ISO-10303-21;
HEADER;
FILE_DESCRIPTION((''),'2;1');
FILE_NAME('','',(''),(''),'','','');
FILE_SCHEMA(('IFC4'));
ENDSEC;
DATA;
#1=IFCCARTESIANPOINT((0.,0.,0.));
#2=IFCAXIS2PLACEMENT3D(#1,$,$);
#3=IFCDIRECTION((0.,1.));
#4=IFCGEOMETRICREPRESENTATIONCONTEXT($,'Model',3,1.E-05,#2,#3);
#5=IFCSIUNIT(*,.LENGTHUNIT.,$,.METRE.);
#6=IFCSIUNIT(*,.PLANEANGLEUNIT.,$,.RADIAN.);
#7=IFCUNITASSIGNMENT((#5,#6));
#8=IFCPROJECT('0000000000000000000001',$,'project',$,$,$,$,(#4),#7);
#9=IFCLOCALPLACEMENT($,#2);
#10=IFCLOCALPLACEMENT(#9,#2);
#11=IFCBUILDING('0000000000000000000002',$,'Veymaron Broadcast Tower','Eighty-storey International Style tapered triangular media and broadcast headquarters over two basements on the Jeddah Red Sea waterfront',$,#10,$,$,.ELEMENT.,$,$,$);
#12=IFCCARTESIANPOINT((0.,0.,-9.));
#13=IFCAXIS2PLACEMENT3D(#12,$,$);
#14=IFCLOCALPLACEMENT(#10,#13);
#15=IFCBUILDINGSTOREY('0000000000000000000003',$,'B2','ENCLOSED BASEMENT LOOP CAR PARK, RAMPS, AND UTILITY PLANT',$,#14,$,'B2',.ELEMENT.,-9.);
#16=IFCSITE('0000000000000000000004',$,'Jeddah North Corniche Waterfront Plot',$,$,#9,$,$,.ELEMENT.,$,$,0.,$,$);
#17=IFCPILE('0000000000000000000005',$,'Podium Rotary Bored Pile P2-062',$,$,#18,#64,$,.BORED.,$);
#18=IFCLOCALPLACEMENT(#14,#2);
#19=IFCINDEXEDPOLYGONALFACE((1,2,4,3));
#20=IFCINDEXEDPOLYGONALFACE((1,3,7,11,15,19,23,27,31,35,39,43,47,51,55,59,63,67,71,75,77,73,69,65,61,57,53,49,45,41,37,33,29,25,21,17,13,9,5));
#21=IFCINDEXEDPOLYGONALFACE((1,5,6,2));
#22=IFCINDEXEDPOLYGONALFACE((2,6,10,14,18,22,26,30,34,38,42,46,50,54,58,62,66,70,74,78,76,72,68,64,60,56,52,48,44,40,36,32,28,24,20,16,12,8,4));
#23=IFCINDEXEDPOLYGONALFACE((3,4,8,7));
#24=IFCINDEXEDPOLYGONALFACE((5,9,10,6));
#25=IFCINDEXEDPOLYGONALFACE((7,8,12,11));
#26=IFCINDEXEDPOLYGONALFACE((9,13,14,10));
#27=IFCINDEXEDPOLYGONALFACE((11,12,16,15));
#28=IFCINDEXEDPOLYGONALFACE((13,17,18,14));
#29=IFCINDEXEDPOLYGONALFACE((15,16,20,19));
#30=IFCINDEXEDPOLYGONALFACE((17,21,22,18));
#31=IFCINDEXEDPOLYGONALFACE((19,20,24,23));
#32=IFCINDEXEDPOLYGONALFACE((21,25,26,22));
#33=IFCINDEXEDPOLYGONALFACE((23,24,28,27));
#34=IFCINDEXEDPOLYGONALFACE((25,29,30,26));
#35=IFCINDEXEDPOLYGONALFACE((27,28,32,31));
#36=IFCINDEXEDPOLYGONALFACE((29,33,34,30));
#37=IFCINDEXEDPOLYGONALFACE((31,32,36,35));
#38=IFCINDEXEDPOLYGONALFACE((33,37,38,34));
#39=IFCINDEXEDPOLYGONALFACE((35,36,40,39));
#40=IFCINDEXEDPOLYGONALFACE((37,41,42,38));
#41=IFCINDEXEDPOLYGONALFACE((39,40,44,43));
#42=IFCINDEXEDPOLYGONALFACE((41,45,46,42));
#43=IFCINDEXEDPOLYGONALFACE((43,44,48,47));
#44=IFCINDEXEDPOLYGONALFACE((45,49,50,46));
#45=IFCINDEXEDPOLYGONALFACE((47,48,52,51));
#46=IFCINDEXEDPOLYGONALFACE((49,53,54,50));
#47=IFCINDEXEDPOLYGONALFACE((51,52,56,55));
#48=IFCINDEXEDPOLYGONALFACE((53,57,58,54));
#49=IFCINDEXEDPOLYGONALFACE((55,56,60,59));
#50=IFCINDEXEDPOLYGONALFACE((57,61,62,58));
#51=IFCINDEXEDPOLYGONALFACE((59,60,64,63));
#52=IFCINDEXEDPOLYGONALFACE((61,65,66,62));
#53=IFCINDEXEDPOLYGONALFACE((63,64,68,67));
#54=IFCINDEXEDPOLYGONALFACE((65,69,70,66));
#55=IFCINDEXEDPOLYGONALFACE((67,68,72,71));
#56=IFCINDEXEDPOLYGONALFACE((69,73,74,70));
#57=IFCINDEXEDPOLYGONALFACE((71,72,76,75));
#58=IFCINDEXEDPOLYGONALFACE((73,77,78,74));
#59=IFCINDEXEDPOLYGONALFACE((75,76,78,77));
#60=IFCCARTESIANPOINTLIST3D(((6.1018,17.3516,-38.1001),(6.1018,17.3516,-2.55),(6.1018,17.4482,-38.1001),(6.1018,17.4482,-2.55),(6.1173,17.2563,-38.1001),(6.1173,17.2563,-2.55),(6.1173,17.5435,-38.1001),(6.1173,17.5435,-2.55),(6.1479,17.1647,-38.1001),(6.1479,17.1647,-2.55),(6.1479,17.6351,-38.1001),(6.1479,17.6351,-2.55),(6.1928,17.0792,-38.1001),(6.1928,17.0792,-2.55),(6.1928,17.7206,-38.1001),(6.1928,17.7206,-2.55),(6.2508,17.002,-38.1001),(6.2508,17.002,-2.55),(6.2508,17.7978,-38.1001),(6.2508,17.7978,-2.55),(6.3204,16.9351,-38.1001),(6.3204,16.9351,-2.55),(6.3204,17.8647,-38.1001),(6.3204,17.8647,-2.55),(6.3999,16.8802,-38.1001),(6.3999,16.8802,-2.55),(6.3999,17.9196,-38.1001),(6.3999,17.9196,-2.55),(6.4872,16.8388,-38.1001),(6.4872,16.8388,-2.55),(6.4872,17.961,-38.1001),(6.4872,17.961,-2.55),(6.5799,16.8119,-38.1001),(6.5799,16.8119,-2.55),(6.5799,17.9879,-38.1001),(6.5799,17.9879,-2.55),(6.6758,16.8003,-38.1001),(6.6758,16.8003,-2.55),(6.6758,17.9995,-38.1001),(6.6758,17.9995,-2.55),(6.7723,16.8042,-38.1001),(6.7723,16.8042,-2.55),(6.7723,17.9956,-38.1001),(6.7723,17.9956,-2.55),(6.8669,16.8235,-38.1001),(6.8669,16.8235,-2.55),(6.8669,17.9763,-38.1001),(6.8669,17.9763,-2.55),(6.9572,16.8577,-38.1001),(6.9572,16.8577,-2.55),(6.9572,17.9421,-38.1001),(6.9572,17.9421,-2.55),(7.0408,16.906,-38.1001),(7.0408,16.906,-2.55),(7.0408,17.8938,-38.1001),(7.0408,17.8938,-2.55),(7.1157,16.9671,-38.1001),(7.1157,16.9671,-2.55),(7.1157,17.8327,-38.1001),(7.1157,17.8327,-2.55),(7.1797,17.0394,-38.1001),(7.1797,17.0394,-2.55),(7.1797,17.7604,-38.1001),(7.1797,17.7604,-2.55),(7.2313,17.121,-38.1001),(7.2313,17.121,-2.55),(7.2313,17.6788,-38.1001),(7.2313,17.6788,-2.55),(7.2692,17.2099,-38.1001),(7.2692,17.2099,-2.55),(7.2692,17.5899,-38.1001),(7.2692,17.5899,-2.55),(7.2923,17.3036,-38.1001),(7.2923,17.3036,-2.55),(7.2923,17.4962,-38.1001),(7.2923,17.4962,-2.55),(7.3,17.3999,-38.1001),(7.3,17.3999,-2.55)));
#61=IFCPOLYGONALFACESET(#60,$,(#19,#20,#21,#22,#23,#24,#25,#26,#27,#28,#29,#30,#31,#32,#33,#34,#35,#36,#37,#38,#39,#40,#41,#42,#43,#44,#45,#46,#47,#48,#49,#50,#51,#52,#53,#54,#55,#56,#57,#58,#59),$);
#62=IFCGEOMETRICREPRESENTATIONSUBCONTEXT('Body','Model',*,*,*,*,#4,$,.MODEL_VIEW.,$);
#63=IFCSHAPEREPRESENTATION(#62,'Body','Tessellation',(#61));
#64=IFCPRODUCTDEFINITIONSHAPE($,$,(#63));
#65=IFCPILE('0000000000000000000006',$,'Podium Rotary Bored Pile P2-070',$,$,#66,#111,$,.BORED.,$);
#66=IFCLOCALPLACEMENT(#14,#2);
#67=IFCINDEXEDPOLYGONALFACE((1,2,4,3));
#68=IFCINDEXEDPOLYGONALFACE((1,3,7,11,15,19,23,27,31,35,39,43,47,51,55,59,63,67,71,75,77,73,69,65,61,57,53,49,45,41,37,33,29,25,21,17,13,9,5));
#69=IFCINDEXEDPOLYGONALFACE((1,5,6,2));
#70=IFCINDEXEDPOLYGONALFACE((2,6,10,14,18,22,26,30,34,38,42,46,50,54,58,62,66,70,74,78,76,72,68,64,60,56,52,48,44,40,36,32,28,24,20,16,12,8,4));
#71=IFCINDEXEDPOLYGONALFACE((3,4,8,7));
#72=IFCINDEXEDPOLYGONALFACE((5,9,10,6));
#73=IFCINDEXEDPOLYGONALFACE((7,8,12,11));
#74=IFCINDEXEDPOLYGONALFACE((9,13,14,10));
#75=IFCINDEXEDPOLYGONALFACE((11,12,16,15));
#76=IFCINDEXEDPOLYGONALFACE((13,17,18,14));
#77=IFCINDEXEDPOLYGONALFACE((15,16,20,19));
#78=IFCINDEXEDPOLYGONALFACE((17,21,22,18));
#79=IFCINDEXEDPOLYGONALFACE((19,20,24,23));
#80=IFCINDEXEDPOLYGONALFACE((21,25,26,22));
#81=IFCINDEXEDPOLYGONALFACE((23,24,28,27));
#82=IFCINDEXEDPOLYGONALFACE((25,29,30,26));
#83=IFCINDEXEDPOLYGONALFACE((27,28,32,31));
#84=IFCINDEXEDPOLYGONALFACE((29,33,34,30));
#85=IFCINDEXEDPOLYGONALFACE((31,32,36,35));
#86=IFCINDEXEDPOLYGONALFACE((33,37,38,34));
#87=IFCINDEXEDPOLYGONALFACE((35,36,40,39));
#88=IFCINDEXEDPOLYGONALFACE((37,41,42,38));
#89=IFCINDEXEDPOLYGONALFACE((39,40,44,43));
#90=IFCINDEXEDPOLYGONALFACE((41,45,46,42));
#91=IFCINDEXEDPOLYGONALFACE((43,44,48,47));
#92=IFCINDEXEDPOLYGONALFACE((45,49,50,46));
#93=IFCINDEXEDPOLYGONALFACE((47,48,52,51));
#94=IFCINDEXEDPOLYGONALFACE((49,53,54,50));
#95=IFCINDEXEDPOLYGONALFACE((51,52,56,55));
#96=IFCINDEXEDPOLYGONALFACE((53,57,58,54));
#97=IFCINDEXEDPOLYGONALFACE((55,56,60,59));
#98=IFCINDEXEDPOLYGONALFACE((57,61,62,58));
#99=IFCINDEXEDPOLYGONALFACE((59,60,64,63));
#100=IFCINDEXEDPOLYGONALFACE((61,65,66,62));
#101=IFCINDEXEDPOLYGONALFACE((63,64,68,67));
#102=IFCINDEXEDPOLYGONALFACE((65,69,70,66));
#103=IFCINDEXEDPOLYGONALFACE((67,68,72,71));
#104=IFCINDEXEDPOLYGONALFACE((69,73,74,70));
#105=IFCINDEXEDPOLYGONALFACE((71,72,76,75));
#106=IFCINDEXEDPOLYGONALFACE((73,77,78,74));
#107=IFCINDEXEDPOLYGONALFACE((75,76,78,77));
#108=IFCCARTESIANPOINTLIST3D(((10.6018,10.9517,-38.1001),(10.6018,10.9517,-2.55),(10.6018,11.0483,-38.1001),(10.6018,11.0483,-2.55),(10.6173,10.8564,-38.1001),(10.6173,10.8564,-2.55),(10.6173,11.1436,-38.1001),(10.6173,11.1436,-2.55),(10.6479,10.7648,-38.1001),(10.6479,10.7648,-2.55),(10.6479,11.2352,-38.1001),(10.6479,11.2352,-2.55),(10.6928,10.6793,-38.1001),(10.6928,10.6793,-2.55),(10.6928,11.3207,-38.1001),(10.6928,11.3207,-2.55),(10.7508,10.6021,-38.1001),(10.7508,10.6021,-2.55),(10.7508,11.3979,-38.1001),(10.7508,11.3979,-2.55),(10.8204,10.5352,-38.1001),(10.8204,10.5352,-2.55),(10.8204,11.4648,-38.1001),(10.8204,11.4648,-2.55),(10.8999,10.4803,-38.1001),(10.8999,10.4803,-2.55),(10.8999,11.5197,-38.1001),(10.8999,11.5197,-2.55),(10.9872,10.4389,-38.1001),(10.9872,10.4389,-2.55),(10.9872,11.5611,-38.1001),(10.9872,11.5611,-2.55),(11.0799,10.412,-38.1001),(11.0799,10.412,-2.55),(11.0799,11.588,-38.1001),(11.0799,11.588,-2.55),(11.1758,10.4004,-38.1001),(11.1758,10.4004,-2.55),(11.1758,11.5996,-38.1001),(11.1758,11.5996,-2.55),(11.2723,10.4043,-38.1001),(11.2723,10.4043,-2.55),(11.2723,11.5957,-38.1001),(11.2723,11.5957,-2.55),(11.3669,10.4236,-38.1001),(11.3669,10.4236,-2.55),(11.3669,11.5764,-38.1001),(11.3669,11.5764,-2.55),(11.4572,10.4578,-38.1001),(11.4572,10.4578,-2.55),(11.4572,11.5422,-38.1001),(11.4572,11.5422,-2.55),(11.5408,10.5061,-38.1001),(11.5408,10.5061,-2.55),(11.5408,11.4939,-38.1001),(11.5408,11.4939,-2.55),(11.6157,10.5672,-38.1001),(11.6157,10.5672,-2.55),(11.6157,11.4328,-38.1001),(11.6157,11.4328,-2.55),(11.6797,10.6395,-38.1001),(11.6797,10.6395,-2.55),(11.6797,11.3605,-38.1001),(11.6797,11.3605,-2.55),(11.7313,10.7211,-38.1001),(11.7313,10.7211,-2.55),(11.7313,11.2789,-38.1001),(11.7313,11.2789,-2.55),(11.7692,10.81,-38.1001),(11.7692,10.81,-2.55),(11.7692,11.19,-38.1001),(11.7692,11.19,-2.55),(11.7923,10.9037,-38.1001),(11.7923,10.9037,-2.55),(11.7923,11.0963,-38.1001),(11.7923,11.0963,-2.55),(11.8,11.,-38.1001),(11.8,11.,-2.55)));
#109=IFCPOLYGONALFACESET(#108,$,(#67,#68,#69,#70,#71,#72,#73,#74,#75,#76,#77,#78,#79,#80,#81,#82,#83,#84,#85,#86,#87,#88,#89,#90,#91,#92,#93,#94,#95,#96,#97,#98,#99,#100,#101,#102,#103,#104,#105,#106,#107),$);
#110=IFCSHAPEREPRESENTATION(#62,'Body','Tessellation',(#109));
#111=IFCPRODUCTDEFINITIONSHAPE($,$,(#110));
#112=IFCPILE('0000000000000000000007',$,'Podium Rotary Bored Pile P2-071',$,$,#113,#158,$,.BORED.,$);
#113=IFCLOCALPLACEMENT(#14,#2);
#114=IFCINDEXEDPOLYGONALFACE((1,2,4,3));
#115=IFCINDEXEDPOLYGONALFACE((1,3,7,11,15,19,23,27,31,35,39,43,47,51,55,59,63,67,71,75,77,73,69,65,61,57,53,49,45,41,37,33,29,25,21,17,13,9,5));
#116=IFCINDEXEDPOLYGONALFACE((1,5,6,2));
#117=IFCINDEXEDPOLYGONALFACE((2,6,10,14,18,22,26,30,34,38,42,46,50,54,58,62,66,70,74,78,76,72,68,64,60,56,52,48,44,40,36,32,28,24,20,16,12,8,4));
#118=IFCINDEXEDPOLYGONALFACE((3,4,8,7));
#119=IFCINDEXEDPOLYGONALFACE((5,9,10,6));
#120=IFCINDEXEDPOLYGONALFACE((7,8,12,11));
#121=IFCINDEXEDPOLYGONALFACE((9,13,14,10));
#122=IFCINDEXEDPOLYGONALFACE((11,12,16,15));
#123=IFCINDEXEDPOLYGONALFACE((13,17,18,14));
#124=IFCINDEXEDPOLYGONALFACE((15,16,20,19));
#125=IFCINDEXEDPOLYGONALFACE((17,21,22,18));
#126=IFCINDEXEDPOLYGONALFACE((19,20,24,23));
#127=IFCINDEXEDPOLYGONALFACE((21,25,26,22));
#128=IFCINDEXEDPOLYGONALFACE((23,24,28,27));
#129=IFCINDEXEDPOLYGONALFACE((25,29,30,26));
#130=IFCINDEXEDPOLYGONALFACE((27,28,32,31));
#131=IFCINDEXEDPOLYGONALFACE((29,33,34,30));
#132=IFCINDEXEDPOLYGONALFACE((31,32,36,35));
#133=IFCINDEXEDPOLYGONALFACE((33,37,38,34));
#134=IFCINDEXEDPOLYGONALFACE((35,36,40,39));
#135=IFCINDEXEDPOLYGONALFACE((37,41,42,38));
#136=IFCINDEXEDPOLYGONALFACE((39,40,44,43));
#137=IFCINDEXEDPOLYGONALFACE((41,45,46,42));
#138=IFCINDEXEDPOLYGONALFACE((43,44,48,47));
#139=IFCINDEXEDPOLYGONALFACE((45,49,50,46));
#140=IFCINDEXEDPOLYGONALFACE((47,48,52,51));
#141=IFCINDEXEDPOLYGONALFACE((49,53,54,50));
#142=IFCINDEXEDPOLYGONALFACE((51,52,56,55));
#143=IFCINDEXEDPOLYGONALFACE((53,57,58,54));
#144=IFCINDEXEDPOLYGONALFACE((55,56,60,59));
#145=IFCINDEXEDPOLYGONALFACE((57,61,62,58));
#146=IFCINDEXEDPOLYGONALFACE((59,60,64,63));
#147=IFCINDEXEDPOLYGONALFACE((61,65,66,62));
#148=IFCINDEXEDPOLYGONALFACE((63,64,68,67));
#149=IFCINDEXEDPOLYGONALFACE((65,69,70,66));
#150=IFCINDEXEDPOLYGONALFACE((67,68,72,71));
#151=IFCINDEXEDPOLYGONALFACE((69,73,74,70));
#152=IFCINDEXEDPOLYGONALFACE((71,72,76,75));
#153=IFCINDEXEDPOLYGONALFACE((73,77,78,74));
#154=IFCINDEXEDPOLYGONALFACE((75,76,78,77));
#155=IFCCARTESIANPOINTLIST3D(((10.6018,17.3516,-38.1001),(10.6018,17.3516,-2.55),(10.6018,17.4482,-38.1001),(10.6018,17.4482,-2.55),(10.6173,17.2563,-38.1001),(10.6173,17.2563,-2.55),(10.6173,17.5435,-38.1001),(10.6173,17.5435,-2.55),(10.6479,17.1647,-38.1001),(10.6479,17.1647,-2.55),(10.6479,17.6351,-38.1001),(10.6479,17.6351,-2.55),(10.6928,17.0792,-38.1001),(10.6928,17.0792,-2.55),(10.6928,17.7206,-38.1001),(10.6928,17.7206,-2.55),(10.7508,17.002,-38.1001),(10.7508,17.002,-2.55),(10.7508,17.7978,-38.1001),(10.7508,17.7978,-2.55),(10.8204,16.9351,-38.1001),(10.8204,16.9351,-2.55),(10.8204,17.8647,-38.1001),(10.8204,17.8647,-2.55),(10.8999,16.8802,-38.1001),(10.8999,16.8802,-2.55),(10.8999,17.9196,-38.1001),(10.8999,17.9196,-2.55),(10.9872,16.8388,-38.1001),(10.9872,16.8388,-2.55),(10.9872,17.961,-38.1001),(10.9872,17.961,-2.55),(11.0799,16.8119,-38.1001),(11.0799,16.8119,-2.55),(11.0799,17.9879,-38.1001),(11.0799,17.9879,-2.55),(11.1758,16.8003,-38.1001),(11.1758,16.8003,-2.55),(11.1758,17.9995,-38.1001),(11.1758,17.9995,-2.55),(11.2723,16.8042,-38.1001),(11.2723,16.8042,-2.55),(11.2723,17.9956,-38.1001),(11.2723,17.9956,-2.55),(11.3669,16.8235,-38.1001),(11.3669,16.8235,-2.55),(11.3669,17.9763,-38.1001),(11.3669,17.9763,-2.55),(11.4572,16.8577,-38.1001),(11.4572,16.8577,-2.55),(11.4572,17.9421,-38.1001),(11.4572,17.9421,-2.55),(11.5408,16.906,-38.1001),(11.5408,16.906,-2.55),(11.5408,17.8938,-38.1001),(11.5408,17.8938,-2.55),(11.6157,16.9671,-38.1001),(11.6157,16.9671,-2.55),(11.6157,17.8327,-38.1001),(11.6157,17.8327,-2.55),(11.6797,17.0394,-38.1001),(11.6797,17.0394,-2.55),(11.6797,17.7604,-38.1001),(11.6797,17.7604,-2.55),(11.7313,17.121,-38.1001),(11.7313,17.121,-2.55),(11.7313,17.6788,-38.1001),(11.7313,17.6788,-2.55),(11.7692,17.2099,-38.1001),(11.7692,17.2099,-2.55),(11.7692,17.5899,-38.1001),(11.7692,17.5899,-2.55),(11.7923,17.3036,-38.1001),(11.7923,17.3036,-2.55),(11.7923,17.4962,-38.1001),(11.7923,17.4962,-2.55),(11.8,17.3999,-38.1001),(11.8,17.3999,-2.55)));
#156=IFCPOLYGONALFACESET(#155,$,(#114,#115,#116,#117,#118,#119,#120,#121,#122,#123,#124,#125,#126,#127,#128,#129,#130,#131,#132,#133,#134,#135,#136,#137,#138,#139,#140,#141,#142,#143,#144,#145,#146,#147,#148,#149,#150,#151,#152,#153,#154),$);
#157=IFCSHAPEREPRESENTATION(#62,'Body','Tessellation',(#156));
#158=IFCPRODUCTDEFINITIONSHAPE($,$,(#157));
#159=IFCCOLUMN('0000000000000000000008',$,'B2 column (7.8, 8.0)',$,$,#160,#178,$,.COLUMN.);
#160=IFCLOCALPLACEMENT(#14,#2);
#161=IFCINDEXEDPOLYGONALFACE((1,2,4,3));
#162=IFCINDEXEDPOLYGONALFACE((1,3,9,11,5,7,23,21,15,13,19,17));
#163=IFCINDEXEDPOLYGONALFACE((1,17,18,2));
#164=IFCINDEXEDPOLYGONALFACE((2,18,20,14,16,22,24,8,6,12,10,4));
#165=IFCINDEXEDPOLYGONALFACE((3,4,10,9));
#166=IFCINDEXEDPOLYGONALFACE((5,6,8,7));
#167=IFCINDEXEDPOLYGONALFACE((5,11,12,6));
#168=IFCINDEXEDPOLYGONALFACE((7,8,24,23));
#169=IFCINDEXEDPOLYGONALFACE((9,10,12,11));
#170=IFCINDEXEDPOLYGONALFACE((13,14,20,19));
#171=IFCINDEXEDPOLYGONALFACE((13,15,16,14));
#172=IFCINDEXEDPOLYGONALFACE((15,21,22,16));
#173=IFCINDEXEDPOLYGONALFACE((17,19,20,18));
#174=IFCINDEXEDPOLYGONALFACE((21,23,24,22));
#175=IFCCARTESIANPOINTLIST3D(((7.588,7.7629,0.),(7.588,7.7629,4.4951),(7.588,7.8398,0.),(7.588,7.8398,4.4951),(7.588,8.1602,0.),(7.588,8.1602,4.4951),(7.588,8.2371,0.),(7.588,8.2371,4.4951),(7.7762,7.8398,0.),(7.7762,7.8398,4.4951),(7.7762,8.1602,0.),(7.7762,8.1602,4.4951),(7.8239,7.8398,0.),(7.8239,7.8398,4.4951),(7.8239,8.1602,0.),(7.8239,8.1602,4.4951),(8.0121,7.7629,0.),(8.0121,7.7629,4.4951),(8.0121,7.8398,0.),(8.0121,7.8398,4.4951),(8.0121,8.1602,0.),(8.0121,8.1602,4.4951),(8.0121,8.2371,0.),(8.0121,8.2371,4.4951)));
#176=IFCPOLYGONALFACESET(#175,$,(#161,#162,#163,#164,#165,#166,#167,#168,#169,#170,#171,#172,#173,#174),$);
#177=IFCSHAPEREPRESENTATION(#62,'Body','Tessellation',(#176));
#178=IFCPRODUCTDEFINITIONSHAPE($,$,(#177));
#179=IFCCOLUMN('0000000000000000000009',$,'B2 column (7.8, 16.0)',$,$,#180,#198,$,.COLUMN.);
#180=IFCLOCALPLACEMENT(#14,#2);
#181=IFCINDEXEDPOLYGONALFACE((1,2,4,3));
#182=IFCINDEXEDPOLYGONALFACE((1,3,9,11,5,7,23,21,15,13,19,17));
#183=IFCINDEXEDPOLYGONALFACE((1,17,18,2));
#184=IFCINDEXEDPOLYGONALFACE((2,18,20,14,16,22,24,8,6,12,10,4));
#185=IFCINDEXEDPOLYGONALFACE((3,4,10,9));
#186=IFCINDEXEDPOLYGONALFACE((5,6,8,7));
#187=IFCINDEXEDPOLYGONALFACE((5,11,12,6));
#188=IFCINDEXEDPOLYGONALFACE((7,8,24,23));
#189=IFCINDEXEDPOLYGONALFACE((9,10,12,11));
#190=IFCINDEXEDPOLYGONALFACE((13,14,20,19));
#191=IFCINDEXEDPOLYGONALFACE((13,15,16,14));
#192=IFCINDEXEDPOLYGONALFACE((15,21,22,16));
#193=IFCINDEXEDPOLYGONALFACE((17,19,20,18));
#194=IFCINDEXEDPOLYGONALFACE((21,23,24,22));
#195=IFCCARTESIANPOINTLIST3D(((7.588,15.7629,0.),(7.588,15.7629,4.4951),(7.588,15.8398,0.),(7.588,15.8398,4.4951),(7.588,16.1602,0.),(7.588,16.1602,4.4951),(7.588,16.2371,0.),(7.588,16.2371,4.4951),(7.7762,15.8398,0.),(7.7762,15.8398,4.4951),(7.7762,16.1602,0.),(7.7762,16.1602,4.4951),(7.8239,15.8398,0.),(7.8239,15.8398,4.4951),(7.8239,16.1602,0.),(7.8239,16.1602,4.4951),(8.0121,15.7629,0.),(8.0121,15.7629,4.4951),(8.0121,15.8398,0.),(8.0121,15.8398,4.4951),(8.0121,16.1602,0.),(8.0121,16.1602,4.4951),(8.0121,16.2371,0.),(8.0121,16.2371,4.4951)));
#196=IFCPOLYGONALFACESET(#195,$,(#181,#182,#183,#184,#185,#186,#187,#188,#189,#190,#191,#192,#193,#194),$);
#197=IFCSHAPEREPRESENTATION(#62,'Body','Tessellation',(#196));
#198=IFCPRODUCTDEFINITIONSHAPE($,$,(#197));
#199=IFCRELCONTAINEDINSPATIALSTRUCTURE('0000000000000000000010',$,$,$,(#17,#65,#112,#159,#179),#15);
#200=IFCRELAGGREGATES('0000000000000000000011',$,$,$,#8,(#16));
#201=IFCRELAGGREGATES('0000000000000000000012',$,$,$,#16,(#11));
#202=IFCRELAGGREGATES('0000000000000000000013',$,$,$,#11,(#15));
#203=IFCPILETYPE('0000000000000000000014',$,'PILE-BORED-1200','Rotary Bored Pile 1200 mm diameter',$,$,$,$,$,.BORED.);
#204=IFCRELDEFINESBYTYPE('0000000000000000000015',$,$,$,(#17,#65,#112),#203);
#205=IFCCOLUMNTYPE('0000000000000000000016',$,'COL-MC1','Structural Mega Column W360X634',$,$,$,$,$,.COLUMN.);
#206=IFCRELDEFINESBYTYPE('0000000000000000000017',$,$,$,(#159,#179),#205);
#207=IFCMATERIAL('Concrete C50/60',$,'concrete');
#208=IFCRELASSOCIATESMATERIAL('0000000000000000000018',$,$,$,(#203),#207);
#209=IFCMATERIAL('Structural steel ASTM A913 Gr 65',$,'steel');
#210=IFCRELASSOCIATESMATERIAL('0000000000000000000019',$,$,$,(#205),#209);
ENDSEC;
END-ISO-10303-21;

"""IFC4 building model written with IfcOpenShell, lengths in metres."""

from ifc_helpers import new_model, si_unit, direction, frame, origin, origin_2d, place, context, subcontext, project, spatial, circle, i_section, extrude, material, material_profile, profile_set, type_object, element, save


model = new_model("IFC4")

# Units and contexts
model_context = context("Model", 3, precision=1e-05, world=origin(), true_north=direction((0.0, 1.0)))
body_context = subcontext(model_context, "Body", "Model", "MODEL_VIEW")
ifc_project = project(units=[si_unit("LENGTHUNIT", "METRE"), si_unit("PLANEANGLEUNIT", "RADIAN")], contexts=[model_context])

# Site, building, storey
site_placement = place(None, origin())
site = spatial("IfcSite", under=ifc_project, at=site_placement, Name="Jeddah North Corniche Waterfront Plot", CompositionType="ELEMENT", RefElevation=0.0)
building_placement = place(site_placement, origin())
building = spatial("IfcBuilding", under=site, at=building_placement, Name="Veymaron Broadcast Tower", Description="Eighty-storey International Style tapered triangular media and broadcast headquarters over two basements on the Jeddah Red Sea waterfront", CompositionType="ELEMENT")
storey_placement = place(building_placement, frame((0.0, 0.0, -9.0)))
storey = spatial("IfcBuildingStorey", under=building, at=storey_placement, Name="B2", Description="ENCLOSED BASEMENT LOOP CAR PARK, RAMPS, AND UTILITY PLANT", LongName="B2", CompositionType="ELEMENT", Elevation=-9.0)

# Piles
ifc_material_1 = material(Name="Concrete C50/60", Category="concrete")
ifc_material_profile_1 = material_profile(ifc_material_1, circle(Radius=0.6001, at=origin_2d()), Name="PILE1200")
ifc_profile_set_1 = profile_set([ifc_material_profile_1], Name="Concrete C50/60")
pile_type = type_object("IfcPileType", Name="PILE-BORED-1200", Description="Rotary Bored Pile 1200 mm diameter", PredefinedType="BORED", material=ifc_profile_set_1)
for number, where, z_axis, x_axis, name in (
    (1, (6.7, 17.3999, -2.55), (0.0, 0.0, -1.0), (1.0, 0.0, 0.0), "Podium Rotary Bored Pile P2-062"),
    (2, (11.2, 11.0, -2.55), (0.0, 0.0, -1.0), (1.0, 0.0, 0.0), "Podium Rotary Bored Pile P2-070"),
    (3, (11.2, 17.3999, -2.55), (0.0, 0.0, -1.0), (1.0, 0.0, 0.0), "Podium Rotary Bored Pile P2-071"),
):
    element("IfcPile", number, at=place(storey_placement, frame(where, z_axis=z_axis, x_axis=x_axis)), inside=storey, type_object=pile_type, Name=name, PredefinedType="BORED", context=body_context, shape_type="SweptSolid", body=[
        extrude(circle(Radius=0.6001, at=origin_2d()), origin(), (0.0, 0.0, 1.0), 35.55),
    ])

# Columns
ifc_material_2 = material(Name="Structural steel ASTM A913 Gr 65", Category="steel")
ifc_material_profile_2 = material_profile(ifc_material_2, i_section(OverallWidth=0.4241, OverallDepth=0.4741, WebThickness=0.0476, FlangeThickness=0.0769, at=origin_2d()), Name="W360X634")
ifc_profile_set_2 = profile_set([ifc_material_profile_2], Name="Structural steel ASTM A913 Gr 65")
column_type_1 = type_object("IfcColumnType", Name="COL-MC1", Description="Structural Mega Column W360X634", PredefinedType="COLUMN", material=ifc_profile_set_2)
for number, where, z_axis, x_axis, name in (
    (4, (7.8, 8.0, 0.0), (0.0, 0.0, 1.0), (1.0, 0.0, 0.0), "B2 column (7.8, 8.0)"),
    (5, (7.8, 16.0, 0.0), (0.0, 0.0, 1.0), (1.0, 0.0, 0.0), "B2 column (7.8, 16.0)"),
):
    element("IfcColumn", number, at=place(storey_placement, frame(where, z_axis=z_axis, x_axis=x_axis)), inside=storey, type_object=column_type_1, Name=name, PredefinedType="COLUMN", context=body_context, shape_type="SweptSolid", body=[
        extrude(i_section(OverallWidth=0.4241, OverallDepth=0.4741, WebThickness=0.0476, FlangeThickness=0.0769, at=origin_2d()), origin(), (0.0, 0.0, 1.0), 4.4951),
    ])

save(model, "model.ifc")
